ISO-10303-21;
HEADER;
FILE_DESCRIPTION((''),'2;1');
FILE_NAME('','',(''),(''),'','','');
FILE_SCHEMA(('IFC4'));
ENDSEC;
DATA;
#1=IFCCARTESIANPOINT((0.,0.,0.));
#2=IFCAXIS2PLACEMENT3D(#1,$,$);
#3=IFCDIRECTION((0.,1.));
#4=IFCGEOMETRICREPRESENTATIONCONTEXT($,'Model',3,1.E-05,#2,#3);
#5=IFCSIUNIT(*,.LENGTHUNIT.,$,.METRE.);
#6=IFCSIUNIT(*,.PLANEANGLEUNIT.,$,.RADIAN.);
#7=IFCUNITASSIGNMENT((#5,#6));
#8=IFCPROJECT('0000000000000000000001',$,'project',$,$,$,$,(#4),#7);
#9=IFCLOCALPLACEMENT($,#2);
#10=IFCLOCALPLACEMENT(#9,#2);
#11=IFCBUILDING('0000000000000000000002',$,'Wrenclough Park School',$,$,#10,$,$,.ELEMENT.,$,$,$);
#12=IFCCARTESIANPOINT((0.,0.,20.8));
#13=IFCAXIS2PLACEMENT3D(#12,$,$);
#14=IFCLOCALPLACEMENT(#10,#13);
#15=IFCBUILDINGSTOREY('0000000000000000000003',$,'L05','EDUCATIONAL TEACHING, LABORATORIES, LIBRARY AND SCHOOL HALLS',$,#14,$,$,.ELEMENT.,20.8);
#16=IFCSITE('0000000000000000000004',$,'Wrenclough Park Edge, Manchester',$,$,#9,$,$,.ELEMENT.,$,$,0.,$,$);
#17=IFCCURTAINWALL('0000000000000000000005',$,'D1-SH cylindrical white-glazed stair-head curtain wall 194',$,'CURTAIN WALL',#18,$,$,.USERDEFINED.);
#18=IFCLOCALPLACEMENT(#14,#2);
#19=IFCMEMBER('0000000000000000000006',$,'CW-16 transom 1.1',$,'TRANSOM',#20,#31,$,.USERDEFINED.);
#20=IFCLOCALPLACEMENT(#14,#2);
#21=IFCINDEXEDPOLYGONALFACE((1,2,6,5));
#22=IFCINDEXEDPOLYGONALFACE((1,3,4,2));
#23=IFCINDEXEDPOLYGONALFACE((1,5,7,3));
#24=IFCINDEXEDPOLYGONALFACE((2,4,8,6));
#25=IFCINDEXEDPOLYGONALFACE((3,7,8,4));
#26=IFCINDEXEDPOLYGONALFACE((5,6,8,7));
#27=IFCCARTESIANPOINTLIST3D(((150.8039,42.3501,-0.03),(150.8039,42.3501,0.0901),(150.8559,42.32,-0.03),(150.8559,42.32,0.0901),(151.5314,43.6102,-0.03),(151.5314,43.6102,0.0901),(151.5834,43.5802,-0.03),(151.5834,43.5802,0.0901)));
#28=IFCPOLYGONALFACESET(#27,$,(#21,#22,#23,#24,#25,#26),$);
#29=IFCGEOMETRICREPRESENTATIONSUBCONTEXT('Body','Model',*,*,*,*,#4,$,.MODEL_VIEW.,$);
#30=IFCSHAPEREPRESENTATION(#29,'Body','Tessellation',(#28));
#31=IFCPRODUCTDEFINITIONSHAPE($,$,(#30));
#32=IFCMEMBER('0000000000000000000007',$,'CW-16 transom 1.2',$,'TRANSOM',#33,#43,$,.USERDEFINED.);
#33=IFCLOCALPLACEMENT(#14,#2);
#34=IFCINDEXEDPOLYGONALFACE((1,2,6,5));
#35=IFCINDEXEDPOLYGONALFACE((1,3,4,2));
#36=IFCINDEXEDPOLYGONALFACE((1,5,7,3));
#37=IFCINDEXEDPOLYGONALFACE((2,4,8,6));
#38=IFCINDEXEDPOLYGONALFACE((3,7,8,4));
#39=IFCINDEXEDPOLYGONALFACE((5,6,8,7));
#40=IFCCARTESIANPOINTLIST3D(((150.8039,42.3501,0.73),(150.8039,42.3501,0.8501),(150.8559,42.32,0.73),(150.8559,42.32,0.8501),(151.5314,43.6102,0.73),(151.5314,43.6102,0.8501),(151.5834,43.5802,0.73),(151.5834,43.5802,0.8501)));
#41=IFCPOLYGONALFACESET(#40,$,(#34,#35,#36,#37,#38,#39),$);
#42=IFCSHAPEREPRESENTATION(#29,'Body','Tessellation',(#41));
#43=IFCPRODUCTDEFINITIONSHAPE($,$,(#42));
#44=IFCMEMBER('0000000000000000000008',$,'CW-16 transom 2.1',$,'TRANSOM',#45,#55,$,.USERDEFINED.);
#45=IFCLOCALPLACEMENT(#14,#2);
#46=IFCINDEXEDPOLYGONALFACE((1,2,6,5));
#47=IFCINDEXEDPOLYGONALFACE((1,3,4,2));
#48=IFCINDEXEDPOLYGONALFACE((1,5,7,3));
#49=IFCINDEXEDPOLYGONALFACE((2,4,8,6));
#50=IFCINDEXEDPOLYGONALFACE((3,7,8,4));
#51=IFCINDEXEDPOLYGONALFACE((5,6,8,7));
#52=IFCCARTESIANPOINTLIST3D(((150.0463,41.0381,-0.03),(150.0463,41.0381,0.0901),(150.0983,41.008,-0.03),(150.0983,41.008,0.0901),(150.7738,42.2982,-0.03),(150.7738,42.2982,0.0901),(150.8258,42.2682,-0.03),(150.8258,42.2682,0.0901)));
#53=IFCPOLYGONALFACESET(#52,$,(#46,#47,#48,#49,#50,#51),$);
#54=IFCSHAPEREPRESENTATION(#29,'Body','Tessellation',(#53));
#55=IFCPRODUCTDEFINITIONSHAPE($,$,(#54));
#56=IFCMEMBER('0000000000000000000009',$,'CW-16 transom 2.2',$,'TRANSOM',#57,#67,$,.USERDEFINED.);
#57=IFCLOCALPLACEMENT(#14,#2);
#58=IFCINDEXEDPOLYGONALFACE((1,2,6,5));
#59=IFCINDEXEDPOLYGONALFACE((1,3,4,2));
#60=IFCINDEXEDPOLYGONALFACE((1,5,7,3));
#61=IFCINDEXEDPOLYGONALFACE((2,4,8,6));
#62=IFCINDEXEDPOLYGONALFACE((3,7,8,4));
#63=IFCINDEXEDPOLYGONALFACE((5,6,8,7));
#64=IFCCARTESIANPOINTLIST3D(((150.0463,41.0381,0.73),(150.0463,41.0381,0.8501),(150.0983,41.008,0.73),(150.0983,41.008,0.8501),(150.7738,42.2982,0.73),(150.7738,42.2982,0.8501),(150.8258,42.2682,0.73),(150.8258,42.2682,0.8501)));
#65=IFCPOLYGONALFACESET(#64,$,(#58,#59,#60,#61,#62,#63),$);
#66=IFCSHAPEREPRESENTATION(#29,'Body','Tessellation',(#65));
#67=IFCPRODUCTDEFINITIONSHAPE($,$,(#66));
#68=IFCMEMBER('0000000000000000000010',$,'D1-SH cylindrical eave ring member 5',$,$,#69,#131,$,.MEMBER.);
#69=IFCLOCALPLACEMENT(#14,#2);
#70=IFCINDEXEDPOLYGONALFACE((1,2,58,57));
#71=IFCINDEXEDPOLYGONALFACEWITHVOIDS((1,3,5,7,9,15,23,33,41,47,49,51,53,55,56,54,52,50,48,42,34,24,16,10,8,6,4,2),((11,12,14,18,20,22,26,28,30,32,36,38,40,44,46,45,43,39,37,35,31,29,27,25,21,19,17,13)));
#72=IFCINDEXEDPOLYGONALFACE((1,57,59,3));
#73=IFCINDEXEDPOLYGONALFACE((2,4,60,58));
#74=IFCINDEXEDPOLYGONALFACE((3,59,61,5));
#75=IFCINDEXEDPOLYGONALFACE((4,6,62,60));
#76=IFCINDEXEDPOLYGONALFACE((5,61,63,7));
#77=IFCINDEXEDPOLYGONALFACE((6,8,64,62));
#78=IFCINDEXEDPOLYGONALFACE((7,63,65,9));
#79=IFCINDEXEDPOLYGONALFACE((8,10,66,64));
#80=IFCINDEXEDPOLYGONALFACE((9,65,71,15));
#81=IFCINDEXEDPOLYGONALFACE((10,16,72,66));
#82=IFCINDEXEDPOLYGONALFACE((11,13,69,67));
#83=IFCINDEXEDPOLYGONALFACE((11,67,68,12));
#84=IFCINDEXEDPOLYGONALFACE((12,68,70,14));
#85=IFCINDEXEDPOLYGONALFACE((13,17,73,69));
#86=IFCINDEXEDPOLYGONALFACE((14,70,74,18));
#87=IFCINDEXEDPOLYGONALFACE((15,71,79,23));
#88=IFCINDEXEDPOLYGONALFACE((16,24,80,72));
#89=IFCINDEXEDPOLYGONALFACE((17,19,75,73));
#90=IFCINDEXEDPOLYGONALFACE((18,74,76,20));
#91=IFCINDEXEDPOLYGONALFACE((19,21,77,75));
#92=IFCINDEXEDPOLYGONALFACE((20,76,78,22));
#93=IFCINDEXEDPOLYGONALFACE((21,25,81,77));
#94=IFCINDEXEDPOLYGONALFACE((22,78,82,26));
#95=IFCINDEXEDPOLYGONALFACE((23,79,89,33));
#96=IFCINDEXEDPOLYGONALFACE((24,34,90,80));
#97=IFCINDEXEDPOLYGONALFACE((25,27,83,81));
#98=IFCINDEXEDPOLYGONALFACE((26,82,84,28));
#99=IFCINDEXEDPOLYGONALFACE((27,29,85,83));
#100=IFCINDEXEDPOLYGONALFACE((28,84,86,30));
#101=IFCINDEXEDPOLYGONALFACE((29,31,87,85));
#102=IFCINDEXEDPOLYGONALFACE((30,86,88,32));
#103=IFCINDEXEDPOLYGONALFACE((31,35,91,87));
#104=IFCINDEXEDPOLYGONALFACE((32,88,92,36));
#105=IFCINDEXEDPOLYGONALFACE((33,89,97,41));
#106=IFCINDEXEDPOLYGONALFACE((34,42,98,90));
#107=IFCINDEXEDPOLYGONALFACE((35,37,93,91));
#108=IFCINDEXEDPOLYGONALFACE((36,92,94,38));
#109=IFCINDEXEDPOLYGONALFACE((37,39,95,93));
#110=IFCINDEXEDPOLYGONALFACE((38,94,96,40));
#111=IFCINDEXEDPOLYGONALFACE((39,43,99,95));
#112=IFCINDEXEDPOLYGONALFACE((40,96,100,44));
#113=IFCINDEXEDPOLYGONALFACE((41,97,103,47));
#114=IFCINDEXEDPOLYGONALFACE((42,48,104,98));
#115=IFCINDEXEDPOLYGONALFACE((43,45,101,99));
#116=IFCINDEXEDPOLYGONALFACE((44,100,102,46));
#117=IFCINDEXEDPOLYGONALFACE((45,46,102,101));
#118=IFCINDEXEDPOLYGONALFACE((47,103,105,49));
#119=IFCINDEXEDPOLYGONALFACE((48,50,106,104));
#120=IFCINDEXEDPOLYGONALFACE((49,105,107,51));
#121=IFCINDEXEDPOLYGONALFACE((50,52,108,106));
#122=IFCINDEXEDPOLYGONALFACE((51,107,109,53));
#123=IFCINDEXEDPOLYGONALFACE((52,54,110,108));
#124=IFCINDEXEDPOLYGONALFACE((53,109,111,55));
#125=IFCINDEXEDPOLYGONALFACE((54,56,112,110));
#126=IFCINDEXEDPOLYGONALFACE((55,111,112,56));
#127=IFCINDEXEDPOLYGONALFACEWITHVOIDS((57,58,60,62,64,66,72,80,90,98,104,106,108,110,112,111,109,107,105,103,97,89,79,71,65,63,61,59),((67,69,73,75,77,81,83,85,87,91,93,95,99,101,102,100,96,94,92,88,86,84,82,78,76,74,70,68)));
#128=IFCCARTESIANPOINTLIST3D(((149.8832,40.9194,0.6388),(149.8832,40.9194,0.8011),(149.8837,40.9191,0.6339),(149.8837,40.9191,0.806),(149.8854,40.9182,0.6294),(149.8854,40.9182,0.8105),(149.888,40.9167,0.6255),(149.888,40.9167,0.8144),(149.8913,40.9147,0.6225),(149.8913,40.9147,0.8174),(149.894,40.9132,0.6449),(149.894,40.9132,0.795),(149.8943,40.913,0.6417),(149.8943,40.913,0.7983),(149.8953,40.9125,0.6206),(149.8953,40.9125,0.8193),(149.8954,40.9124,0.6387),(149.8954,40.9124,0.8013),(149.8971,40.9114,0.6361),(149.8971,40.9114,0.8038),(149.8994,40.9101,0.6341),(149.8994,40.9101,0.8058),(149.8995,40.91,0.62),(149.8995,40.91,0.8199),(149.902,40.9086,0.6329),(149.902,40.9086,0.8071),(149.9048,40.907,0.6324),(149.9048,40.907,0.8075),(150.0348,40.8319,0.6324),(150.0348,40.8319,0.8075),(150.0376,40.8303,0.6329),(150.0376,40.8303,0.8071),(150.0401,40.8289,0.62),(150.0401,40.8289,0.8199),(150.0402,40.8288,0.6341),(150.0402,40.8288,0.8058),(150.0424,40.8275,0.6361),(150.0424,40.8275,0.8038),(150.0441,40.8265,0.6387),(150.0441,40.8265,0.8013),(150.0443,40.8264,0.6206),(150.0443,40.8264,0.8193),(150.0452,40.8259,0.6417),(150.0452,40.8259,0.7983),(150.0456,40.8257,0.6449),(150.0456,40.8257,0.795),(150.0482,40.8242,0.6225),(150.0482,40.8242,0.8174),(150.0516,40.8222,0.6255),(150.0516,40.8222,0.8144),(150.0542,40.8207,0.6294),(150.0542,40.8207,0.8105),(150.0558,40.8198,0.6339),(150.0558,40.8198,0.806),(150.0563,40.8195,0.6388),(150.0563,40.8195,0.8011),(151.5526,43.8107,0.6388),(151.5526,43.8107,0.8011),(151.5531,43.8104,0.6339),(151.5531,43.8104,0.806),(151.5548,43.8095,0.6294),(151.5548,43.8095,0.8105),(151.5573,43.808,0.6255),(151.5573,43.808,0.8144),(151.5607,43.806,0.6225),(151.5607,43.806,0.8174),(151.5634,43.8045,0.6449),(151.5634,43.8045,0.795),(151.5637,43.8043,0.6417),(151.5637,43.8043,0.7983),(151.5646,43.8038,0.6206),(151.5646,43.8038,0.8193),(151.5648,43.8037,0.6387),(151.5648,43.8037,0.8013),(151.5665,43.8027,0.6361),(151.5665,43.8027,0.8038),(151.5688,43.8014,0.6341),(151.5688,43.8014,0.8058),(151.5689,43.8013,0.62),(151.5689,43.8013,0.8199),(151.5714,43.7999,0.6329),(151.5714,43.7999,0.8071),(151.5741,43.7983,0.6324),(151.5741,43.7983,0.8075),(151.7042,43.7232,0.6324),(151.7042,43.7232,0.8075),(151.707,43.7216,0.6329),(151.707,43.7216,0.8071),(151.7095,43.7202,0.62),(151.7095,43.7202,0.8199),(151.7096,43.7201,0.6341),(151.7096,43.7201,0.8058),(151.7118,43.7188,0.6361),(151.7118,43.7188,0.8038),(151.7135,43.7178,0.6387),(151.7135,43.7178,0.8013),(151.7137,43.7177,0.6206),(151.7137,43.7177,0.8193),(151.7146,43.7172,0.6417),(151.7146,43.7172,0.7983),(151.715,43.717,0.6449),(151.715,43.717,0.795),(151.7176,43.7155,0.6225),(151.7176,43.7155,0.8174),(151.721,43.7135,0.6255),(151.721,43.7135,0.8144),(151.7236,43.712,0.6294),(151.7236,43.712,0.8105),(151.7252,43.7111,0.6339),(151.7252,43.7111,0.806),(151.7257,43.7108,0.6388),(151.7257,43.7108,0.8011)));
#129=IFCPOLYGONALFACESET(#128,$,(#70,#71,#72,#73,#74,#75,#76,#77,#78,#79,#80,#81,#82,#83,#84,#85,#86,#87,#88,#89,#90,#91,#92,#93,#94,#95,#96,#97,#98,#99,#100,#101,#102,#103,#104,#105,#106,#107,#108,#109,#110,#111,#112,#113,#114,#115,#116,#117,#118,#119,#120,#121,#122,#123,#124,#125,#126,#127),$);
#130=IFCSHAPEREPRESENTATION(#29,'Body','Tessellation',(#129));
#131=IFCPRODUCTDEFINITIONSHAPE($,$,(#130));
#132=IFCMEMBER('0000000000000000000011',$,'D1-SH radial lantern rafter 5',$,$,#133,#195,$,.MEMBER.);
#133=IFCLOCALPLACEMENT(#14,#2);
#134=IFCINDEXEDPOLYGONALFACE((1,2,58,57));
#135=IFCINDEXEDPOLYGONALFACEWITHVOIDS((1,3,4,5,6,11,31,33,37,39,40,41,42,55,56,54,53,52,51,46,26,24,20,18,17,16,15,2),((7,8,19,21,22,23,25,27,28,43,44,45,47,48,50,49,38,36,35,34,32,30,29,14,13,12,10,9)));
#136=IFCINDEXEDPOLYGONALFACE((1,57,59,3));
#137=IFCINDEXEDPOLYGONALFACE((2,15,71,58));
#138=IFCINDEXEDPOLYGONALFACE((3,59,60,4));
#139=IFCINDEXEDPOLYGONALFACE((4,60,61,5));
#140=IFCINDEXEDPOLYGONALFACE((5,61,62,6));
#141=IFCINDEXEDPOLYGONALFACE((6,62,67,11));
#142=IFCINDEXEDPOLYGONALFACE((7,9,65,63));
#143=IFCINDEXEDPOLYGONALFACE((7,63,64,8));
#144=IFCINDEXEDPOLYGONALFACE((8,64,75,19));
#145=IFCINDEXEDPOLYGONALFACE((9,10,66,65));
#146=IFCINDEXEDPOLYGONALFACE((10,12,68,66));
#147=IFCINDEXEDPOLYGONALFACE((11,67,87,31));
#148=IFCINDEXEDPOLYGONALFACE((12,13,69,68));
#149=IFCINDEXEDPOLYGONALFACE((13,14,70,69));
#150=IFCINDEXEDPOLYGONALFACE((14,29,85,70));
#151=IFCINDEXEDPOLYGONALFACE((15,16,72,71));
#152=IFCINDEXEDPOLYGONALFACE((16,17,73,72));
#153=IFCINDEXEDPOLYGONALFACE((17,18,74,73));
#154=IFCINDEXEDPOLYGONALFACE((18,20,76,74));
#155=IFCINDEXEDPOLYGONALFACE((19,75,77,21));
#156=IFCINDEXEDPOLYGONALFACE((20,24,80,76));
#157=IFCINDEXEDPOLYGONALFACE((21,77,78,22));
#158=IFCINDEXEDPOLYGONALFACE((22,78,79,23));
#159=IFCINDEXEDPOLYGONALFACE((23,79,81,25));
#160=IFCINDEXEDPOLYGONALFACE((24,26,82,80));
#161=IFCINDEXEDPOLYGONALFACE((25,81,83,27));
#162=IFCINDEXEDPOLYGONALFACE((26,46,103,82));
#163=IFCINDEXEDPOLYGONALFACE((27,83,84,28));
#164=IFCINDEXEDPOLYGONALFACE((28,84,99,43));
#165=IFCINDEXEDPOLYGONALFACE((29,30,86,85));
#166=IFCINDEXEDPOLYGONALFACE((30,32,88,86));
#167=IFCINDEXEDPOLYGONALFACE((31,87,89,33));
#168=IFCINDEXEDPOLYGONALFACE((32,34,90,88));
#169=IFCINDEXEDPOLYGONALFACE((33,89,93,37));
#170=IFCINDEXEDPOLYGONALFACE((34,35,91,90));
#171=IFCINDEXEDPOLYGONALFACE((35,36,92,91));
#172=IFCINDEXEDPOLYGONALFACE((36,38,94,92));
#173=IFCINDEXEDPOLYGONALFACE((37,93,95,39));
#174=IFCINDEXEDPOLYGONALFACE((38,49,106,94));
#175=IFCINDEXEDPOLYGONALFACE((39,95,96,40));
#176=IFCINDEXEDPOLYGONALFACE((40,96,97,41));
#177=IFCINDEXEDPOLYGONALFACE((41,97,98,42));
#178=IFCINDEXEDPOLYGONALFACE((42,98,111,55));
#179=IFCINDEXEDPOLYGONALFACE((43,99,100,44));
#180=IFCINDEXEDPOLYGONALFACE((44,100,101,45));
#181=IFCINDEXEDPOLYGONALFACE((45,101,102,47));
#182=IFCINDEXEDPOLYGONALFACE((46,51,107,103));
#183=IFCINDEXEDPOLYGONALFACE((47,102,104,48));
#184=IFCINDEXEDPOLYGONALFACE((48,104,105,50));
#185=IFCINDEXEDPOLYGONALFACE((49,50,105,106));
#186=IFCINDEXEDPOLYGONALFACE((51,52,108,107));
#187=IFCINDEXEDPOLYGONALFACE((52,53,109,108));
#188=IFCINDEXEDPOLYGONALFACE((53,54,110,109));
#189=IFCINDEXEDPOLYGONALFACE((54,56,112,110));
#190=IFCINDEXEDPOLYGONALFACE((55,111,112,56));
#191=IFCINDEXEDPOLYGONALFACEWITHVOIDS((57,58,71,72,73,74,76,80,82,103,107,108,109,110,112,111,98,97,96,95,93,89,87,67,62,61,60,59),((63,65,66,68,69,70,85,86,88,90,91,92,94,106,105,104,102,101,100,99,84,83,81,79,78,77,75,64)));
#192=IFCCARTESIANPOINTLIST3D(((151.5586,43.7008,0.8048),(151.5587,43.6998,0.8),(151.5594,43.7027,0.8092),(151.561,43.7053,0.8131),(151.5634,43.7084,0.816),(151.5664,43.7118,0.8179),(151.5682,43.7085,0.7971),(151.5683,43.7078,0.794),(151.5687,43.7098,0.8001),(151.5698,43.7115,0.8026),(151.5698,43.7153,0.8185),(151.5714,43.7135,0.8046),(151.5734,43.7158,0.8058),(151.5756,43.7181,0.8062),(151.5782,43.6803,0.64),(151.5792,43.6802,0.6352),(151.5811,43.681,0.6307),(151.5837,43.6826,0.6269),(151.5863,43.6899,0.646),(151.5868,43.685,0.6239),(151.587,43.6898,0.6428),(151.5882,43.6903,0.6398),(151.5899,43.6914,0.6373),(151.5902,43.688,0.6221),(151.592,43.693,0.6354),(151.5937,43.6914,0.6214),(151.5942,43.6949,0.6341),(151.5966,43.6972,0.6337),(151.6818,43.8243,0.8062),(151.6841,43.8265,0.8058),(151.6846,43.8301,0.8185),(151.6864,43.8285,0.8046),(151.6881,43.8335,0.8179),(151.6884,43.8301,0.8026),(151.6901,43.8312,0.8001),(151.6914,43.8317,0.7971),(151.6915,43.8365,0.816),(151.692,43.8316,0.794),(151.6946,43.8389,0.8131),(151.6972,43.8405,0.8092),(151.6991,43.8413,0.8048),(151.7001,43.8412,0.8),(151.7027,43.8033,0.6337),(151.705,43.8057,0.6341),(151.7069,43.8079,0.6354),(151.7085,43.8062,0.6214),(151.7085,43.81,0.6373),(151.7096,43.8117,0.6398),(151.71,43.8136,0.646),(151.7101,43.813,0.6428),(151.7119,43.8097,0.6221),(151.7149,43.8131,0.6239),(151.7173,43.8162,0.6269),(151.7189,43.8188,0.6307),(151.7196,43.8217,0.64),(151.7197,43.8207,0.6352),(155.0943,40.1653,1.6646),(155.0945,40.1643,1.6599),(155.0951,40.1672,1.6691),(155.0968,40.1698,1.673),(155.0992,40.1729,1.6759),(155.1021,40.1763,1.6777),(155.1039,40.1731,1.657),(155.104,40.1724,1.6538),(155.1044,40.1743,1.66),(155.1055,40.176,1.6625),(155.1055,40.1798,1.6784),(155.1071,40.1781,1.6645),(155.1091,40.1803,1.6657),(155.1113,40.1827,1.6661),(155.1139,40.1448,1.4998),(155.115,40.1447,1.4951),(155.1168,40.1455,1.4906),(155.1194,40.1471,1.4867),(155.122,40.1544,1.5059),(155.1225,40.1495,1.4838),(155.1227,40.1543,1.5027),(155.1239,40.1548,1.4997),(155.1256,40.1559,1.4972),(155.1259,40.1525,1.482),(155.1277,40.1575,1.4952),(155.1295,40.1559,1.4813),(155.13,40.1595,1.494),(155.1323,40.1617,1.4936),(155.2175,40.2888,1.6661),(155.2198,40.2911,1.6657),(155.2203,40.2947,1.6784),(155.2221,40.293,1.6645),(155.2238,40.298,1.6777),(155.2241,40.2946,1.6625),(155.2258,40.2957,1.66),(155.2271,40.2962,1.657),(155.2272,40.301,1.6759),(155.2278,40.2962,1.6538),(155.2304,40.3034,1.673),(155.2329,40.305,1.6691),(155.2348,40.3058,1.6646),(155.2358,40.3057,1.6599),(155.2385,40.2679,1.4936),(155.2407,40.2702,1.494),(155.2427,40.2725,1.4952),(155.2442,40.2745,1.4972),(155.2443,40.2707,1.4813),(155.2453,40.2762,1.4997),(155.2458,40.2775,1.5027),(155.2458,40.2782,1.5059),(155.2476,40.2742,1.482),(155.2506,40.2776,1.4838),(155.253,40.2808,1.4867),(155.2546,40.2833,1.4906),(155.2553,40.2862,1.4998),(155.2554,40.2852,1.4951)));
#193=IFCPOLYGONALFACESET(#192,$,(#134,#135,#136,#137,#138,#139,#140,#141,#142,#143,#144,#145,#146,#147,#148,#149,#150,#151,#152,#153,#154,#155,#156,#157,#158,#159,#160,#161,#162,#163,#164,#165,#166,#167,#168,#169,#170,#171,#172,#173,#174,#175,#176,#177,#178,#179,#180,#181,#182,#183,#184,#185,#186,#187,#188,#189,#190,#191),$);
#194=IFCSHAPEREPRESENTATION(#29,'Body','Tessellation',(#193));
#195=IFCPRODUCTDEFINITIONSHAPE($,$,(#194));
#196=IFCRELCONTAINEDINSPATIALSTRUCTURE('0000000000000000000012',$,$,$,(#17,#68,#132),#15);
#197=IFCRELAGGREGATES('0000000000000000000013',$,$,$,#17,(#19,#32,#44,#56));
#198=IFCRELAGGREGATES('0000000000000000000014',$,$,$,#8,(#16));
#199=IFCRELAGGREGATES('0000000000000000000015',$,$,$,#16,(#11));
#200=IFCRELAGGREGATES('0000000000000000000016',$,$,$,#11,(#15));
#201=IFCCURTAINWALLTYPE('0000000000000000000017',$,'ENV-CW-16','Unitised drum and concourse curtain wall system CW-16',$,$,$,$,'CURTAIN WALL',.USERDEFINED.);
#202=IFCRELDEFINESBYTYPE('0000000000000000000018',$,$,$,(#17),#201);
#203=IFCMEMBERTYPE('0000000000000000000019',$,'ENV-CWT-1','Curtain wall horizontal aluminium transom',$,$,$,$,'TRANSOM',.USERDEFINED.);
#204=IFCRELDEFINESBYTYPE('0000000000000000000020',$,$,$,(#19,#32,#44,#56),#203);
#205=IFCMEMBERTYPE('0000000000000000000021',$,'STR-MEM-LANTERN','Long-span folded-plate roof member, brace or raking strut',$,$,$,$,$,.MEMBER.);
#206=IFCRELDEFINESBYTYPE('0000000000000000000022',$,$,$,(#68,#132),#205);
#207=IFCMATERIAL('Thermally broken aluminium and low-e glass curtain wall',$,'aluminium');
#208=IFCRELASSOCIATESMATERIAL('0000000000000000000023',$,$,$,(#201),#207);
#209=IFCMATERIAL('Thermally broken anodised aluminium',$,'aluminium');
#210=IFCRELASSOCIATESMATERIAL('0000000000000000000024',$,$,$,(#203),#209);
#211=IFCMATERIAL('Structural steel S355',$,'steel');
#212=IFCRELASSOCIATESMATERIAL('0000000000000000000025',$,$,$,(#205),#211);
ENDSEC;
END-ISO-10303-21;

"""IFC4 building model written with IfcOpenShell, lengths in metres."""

from ifc_helpers import new_model, si_unit, direction, frame, origin, origin_2d, place, context, subcontext, project, spatial, rectangle, hollow_rectangle, extrude, material, material_profile, profile_set, type_object, element, aggregate, save


model = new_model("IFC4")

# Units and contexts
model_context = context("Model", 3, precision=1e-05, world=origin(), true_north=direction((0.0, 1.0)))
body_context = subcontext(model_context, "Body", "Model", "MODEL_VIEW")
ifc_project = project(units=[si_unit("LENGTHUNIT", "METRE"), si_unit("PLANEANGLEUNIT", "RADIAN")], contexts=[model_context])

# Site, building, storey
site_placement = place(None, origin())
site = spatial("IfcSite", under=ifc_project, at=site_placement, Name="Wrenclough Park Edge, Manchester", CompositionType="ELEMENT", RefElevation=0.0)
building_placement = place(site_placement, origin())
building = spatial("IfcBuilding", under=site, at=building_placement, Name="Wrenclough Park School", CompositionType="ELEMENT")
storey_placement = place(building_placement, frame((0.0, 0.0, 20.8)))
storey = spatial("IfcBuildingStorey", under=building, at=storey_placement, Name="L05", Description="EDUCATIONAL TEACHING, LABORATORIES, LIBRARY AND SCHOOL HALLS", CompositionType="ELEMENT", Elevation=20.8)

# Shared definitions
ifc_material_1 = material(Name="Structural steel S355", Category="steel")

# Shared definitions
ifc_material_2 = material(Name="Thermally broken aluminium and low-e glass curtain wall", Category="aluminium")
curtain_wall_type = type_object("IfcCurtainWallType", Name="ENV-CW-16", Description="Unitised drum and concourse curtain wall system CW-16", ElementType="CURTAIN WALL", PredefinedType="USERDEFINED", material=ifc_material_2)
ifc_material_3 = material(Name="Thermally broken anodised aluminium", Category="aluminium")

# Curtain wall
curtain_wall_1_placement = place(storey_placement, origin())
curtain_wall_1 = element("IfcCurtainWall", 1, at=curtain_wall_1_placement, inside=storey, type_object=curtain_wall_type, Name="D1-SH cylindrical white-glazed stair-head curtain wall 194", ObjectType="CURTAIN WALL", PredefinedType="USERDEFINED")

# Members
ifc_material_profile_1 = material_profile(ifc_material_3, rectangle(XDim=0.0601, YDim=0.1201, at=origin_2d()), Name="AL TRANSOM 60x120")
ifc_profile_set_1 = profile_set([ifc_material_profile_1], Name="Thermally broken anodised aluminium")
member_type_1 = type_object("IfcMemberType", Name="ENV-CWT-1", Description="Curtain wall horizontal aluminium transom", ElementType="TRANSOM", PredefinedType="USERDEFINED", material=ifc_profile_set_1)
member_1_placement = place(storey_placement, frame((151.5574, 43.5952, 0.03), z_axis=(-0.499965, -0.866046, 0.0), x_axis=(0.866046, -0.499965, 0.0)))
member_1 = element("IfcMember", 2, at=member_1_placement, type_object=member_type_1, Name="CW-16 transom 1.1", ObjectType="TRANSOM", PredefinedType="USERDEFINED", context=body_context, shape_type="SweptSolid", body=[
    extrude(rectangle(XDim=0.0601, YDim=0.1201, at=origin_2d()), origin(), (0.0, 0.0, 1.0), 1.4551),
])
member_2_placement = place(storey_placement, frame((151.5574, 43.5952, 0.79), z_axis=(-0.499965, -0.866046, 0.0), x_axis=(0.866046, -0.499965, 0.0)))
member_2 = element("IfcMember", 3, at=member_2_placement, type_object=member_type_1, Name="CW-16 transom 1.2", ObjectType="TRANSOM", PredefinedType="USERDEFINED", context=body_context, shape_type="SweptSolid", body=[
    extrude(rectangle(XDim=0.0601, YDim=0.1201, at=origin_2d()), origin(), (0.0, 0.0, 1.0), 1.4551),
])
member_3_placement = place(storey_placement, frame((150.7998, 42.2832, 0.03), z_axis=(-0.499965, -0.866046, 0.0), x_axis=(0.866046, -0.499965, 0.0)))
member_3 = element("IfcMember", 4, at=member_3_placement, type_object=member_type_1, Name="CW-16 transom 2.1", ObjectType="TRANSOM", PredefinedType="USERDEFINED", context=body_context, shape_type="SweptSolid", body=[
    extrude(rectangle(XDim=0.0601, YDim=0.1201, at=origin_2d()), origin(), (0.0, 0.0, 1.0), 1.4551),
])
member_4_placement = place(storey_placement, frame((150.7998, 42.2832, 0.79), z_axis=(-0.499965, -0.866046, 0.0), x_axis=(0.866046, -0.499965, 0.0)))
member_4 = element("IfcMember", 5, at=member_4_placement, type_object=member_type_1, Name="CW-16 transom 2.2", ObjectType="TRANSOM", PredefinedType="USERDEFINED", context=body_context, shape_type="SweptSolid", body=[
    extrude(rectangle(XDim=0.0601, YDim=0.1201, at=origin_2d()), origin(), (0.0, 0.0, 1.0), 1.4551),
])

# Members
ifc_material_profile_2 = material_profile(ifc_material_1, hollow_rectangle(XDim=0.2, YDim=0.2, WallThickness=0.0125, InnerFilletRadius=0.0125, OuterFilletRadius=0.0188, at=origin_2d()), Name="SHS 200x200x12.5")
ifc_profile_set_2 = profile_set([ifc_material_profile_2], Name="Structural steel S355")
member_type_2 = type_object("IfcMemberType", Name="STR-MEM-LANTERN", Description="Long-span folded-plate roof member, brace or raking strut", PredefinedType="MEMBER", material=ifc_profile_set_2)
member_5_placement = place(storey_placement, frame((151.6392, 43.7607, 0.72), z_axis=(-0.500024, -0.866011, 0.0), x_axis=(0.866011, -0.500024, 0.0)))
element("IfcMember", 6, at=member_5_placement, inside=storey, type_object=member_type_2, Name="D1-SH cylindrical eave ring member 5", PredefinedType="MEMBER", context=body_context, shape_type="SweptSolid", body=[
    extrude(hollow_rectangle(XDim=0.2, YDim=0.2, WallThickness=0.0125, InnerFilletRadius=0.0125, OuterFilletRadius=0.0188, at=origin_2d()), origin(), (0.0, 0.0, 1.0), 3.3386),
])
member_6_placement = place(storey_placement, frame((151.6392, 43.7607, 0.72), z_axis=(0.696901, -0.696853, 0.169485), x_axis=(0.707082, 0.707131, 0.0)))
element("IfcMember", 7, at=member_6_placement, inside=storey, type_object=member_type_2, Name="D1-SH radial lantern rafter 5", PredefinedType="MEMBER", context=body_context, shape_type="SweptSolid", body=[
    extrude(hollow_rectangle(XDim=0.2, YDim=0.2, WallThickness=0.0125, InnerFilletRadius=0.0125, OuterFilletRadius=0.0188, at=origin_2d()), origin(), (0.0, 0.0, 1.0), 5.0735),
])

aggregate(curtain_wall_1, [member_1, member_2, member_3, member_4])

save(model, "model.ifc")
